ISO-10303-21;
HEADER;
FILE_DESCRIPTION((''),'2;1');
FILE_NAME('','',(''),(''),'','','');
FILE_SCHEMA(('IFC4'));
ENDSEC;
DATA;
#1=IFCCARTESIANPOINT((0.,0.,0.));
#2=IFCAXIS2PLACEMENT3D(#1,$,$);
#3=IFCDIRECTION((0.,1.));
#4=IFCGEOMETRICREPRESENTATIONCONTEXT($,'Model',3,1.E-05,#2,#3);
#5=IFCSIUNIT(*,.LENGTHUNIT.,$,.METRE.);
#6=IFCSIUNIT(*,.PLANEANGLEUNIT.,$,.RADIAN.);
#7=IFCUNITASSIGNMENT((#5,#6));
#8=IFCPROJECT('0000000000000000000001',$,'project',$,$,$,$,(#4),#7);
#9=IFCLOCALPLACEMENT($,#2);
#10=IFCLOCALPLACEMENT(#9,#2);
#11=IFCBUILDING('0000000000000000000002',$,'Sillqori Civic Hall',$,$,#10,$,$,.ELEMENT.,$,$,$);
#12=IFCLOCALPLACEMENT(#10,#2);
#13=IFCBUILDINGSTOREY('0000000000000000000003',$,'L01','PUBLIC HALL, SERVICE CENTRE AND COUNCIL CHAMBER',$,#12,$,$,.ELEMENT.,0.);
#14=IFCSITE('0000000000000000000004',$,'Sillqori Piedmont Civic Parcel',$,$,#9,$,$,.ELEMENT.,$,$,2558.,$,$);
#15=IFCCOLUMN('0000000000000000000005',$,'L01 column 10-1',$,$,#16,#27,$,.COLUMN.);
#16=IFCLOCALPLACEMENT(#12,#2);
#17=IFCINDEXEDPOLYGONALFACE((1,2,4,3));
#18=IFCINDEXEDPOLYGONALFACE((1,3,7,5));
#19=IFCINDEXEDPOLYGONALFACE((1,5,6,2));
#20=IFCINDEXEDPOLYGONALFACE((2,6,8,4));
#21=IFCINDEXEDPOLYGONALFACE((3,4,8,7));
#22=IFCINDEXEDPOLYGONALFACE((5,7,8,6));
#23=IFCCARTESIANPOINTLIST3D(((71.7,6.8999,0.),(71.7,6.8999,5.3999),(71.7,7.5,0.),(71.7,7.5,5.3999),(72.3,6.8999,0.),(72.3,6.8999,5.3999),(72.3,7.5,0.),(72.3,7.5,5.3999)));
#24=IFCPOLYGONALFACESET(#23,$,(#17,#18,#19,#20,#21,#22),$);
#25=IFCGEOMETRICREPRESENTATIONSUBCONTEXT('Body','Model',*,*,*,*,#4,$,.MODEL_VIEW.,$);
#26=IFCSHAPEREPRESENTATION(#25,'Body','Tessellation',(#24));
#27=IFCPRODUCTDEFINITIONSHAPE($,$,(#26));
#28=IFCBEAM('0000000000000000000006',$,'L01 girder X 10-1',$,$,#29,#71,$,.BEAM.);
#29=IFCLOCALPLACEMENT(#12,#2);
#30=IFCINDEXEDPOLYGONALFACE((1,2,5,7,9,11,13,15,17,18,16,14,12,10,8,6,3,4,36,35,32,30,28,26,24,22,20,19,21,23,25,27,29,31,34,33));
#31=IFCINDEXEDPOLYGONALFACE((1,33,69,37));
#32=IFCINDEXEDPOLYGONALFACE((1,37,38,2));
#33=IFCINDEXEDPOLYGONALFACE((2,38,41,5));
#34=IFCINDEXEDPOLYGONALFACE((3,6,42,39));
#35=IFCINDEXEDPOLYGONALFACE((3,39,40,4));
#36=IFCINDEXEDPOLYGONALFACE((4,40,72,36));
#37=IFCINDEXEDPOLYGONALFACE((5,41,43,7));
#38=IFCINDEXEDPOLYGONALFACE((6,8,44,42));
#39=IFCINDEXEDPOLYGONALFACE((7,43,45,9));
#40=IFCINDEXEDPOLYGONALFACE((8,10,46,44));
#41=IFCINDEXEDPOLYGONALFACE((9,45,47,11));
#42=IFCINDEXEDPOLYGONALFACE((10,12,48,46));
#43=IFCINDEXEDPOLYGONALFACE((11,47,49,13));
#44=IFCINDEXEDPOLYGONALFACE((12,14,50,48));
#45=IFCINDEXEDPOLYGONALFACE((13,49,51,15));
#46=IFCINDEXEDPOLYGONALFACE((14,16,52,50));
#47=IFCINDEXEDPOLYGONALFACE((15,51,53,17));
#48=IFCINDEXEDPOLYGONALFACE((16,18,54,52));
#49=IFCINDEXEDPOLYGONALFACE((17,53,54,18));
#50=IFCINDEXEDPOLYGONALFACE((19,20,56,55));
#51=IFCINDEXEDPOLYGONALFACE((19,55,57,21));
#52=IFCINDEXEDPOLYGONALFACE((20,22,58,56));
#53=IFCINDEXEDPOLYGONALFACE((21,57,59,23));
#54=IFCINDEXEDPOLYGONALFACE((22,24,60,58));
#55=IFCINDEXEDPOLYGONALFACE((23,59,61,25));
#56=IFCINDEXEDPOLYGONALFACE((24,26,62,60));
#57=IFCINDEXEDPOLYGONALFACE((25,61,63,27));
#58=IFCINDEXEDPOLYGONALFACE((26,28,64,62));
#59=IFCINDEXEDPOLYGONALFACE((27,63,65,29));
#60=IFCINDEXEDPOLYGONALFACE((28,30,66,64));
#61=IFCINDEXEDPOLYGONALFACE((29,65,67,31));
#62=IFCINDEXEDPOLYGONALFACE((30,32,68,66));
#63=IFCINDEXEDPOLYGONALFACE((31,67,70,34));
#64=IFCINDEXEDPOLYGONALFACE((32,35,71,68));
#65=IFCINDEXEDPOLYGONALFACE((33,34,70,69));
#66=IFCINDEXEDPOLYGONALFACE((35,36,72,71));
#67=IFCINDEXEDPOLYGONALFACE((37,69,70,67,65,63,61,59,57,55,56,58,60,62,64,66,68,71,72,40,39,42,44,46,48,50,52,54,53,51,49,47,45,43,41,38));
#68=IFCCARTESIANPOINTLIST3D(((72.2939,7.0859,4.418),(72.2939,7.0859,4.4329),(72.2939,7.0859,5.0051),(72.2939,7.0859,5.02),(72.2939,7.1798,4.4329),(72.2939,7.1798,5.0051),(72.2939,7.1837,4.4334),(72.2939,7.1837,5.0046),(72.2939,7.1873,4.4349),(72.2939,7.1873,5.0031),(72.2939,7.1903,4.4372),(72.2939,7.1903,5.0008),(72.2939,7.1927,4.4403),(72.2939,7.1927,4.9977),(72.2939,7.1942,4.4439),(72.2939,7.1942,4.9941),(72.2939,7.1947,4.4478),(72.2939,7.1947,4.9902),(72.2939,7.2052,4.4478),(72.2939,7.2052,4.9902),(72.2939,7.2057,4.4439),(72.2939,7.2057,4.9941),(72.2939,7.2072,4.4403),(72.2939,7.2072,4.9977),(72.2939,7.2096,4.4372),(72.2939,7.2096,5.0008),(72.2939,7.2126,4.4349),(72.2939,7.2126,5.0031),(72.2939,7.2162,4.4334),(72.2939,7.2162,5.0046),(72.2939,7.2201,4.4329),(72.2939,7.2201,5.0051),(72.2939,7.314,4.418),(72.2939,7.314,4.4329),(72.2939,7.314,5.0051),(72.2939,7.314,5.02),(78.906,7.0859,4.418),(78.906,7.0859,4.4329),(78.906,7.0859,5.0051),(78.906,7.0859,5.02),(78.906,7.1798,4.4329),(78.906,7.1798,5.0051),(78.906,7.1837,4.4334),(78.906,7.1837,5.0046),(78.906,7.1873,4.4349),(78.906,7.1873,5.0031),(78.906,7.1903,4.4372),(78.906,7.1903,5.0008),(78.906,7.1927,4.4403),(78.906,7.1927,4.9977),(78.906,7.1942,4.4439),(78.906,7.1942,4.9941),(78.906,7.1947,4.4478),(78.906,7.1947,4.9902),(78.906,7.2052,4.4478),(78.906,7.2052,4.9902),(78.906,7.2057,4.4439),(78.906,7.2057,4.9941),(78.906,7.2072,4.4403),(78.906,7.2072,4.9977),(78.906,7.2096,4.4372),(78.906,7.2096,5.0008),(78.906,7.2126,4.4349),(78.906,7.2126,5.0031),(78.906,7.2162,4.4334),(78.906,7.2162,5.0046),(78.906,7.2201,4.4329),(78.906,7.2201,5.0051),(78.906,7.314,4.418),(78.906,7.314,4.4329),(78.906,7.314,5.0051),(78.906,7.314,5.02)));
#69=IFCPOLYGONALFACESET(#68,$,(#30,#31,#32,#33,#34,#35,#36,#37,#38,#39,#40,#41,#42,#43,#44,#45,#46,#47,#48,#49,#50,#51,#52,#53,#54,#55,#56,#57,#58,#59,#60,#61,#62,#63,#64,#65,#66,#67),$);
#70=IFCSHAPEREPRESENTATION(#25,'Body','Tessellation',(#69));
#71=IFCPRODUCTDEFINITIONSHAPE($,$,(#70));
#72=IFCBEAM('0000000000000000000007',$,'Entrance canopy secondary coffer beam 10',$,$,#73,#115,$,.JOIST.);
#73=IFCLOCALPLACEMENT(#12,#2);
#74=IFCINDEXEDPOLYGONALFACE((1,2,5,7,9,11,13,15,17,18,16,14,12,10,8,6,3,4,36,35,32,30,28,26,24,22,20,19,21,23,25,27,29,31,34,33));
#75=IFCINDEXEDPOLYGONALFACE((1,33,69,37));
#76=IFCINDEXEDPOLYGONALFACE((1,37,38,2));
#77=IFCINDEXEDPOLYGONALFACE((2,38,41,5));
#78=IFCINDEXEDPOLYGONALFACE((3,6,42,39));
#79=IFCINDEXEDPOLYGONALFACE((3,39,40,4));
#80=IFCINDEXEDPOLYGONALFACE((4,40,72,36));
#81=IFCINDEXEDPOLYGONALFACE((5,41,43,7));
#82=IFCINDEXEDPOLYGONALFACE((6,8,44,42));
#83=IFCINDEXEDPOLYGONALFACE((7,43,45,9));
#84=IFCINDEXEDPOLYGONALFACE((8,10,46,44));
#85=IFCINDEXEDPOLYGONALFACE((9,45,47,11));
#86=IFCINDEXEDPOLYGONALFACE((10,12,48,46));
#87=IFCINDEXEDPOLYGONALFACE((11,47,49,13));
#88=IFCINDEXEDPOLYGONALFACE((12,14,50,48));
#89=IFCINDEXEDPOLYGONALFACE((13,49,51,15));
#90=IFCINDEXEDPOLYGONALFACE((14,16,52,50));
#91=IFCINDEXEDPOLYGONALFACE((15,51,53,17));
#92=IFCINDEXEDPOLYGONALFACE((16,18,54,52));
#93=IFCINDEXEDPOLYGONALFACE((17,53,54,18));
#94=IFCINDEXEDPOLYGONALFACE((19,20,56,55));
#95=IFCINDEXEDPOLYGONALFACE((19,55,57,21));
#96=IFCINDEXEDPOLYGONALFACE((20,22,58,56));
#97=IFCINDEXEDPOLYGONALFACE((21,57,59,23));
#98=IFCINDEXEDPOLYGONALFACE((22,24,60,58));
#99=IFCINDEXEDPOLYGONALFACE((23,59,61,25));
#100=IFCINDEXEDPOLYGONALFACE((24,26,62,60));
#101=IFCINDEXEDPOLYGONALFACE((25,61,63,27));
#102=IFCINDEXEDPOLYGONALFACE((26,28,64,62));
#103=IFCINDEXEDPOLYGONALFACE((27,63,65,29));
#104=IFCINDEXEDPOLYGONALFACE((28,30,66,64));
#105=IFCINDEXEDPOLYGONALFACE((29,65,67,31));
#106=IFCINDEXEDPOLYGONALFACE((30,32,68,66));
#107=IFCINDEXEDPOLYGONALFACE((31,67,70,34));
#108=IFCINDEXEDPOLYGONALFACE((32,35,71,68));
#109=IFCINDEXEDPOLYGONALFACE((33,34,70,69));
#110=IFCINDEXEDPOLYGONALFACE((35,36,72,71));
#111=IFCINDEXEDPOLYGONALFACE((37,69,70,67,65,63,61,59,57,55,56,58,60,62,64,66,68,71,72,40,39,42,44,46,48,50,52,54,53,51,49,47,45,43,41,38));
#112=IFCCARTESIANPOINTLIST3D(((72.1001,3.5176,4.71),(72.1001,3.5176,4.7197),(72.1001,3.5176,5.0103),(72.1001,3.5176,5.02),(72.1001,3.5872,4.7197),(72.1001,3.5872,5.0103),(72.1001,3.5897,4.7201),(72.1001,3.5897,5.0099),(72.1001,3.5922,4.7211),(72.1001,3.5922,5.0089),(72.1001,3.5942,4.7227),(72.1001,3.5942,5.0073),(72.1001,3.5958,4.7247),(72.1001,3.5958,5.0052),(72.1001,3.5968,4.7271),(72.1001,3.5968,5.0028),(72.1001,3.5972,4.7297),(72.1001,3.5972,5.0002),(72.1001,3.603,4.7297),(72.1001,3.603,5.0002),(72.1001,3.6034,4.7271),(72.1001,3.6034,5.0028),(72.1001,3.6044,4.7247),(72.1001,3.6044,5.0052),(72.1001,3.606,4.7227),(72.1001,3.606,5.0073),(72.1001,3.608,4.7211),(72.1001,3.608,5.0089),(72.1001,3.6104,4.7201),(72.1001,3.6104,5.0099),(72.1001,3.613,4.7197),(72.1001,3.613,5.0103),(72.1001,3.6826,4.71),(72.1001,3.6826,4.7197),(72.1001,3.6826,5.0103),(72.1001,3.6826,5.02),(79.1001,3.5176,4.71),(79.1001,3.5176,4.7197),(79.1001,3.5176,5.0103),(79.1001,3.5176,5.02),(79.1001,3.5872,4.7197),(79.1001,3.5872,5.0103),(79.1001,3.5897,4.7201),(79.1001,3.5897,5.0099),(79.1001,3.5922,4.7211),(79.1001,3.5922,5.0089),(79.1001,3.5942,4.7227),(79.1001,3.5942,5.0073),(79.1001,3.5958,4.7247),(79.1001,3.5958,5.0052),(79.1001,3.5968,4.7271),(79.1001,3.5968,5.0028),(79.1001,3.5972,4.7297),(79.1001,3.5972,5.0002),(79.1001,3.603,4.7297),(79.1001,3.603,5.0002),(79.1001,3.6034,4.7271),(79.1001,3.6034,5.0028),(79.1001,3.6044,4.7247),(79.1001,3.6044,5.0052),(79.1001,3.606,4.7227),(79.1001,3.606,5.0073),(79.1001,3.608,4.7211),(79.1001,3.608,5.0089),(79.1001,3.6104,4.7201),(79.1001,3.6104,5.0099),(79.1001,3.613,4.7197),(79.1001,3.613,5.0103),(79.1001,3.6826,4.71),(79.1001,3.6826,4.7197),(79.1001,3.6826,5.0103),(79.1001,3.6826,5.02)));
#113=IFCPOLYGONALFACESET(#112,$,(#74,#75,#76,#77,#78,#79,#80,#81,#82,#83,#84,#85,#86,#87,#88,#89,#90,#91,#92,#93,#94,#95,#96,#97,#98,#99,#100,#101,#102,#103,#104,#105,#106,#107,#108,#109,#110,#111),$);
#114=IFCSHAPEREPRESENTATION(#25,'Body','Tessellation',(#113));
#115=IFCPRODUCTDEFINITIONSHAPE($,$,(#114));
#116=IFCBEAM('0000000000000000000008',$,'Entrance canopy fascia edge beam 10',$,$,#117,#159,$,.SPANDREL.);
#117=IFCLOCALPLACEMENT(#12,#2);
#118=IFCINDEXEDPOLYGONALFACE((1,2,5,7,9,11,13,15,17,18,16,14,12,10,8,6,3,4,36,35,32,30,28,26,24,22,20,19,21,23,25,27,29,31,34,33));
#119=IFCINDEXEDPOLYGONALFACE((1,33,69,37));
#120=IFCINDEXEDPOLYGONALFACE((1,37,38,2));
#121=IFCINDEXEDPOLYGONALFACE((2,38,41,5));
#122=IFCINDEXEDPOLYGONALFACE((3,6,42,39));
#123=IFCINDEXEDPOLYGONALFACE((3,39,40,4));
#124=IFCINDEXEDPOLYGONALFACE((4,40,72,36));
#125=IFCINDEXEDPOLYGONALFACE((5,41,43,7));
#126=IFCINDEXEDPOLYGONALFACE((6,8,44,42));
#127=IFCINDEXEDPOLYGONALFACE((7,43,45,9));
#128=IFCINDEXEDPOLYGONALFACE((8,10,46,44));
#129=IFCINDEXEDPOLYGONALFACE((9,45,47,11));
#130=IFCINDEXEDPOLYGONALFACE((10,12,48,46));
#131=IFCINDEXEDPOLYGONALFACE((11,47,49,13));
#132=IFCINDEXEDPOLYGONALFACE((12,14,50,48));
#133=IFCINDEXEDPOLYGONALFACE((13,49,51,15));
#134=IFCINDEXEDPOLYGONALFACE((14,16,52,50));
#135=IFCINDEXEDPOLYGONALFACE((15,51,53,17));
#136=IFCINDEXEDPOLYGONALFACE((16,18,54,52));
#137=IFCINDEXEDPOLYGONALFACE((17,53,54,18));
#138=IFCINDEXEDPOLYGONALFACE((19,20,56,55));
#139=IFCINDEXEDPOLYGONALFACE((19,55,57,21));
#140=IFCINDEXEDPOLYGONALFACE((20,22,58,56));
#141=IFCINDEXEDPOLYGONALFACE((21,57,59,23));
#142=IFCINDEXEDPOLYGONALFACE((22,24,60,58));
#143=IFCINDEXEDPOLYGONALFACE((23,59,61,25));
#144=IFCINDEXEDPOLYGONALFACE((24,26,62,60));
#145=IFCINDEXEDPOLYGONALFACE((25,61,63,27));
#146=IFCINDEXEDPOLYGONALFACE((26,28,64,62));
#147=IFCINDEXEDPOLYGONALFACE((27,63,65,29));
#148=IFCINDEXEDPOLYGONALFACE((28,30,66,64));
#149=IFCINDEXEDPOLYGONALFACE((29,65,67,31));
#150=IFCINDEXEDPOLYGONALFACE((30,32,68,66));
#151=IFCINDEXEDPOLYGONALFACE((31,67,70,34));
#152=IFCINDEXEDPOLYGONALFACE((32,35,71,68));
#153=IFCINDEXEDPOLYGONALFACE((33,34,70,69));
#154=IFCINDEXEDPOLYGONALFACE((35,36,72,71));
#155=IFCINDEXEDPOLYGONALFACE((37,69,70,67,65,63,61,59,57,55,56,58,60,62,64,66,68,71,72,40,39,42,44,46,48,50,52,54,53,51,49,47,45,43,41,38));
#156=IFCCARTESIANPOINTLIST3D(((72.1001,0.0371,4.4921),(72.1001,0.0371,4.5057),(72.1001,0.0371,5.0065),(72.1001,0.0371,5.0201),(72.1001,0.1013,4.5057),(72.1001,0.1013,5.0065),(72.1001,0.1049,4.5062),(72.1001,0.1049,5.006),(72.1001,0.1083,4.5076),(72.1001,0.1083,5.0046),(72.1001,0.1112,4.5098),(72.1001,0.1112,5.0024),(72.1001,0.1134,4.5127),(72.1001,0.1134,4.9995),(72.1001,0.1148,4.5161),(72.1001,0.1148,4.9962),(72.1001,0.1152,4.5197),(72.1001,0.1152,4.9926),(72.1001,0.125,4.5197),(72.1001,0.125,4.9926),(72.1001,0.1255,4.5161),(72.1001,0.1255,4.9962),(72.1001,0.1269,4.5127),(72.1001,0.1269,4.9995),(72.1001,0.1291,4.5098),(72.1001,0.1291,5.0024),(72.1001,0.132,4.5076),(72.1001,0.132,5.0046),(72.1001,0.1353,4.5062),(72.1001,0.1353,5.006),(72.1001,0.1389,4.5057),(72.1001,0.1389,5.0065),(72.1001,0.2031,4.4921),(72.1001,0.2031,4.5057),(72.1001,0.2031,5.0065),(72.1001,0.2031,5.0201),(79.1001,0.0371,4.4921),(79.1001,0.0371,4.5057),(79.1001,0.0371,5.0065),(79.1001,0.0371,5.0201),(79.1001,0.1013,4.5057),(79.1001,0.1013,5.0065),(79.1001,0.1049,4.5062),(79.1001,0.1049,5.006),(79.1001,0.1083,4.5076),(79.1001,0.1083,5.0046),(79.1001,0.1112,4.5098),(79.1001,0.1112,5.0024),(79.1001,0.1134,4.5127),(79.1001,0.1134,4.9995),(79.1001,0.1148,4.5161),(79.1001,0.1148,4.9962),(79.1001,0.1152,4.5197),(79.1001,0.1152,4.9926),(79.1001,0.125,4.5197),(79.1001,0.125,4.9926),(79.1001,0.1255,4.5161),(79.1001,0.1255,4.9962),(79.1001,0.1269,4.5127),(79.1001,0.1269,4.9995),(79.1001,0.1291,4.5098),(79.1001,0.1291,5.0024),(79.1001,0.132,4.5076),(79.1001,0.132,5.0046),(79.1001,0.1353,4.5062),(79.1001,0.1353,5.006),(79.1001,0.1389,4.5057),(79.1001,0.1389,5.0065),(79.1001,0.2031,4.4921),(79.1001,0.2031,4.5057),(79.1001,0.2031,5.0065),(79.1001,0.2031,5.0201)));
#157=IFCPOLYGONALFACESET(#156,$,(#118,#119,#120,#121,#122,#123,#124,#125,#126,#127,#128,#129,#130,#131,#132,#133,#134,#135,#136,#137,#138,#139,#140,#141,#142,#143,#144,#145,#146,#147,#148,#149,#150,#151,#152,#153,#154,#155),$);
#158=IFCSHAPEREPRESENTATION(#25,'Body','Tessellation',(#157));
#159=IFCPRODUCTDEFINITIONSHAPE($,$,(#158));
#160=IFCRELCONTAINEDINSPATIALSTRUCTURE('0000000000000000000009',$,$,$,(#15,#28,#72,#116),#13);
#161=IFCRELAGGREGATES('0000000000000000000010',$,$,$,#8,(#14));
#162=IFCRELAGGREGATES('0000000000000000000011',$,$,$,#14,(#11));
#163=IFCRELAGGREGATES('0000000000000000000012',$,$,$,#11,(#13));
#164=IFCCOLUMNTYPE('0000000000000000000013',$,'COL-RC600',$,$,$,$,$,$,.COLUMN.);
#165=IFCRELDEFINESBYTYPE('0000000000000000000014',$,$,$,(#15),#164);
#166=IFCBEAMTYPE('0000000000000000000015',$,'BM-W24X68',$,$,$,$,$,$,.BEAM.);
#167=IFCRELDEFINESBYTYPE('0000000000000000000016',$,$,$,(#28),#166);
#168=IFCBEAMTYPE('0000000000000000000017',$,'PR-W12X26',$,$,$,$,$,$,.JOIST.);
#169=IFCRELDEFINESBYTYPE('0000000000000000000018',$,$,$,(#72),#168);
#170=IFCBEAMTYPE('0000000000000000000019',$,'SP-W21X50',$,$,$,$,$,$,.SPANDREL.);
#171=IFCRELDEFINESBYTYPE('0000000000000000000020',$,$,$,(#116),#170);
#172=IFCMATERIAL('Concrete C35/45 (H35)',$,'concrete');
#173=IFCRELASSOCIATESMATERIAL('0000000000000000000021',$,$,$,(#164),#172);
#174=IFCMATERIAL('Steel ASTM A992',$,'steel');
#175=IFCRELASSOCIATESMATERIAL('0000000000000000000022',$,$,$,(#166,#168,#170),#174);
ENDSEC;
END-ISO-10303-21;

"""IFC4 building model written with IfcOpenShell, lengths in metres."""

from ifc_helpers import new_model, si_unit, direction, frame, origin, origin_2d, place, context, subcontext, project, spatial, rectangle, i_section, extrude, material, material_profile, profile_set, type_object, element, save


model = new_model("IFC4")

# Units and contexts
model_context = context("Model", 3, precision=1e-05, world=origin(), true_north=direction((0.0, 1.0)))
body_context = subcontext(model_context, "Body", "Model", "MODEL_VIEW")
ifc_project = project(units=[si_unit("LENGTHUNIT", "METRE"), si_unit("PLANEANGLEUNIT", "RADIAN")], contexts=[model_context])

# Site, building, storey
site_placement = place(None, origin())
site = spatial("IfcSite", under=ifc_project, at=site_placement, Name="Sillqori Piedmont Civic Parcel", CompositionType="ELEMENT", RefElevation=2558.0)
building_placement = place(site_placement, origin())
building = spatial("IfcBuilding", under=site, at=building_placement, Name="Sillqori Civic Hall", CompositionType="ELEMENT")
storey_placement = place(building_placement, origin())
storey = spatial("IfcBuildingStorey", under=building, at=storey_placement, Name="L01", Description="PUBLIC HALL, SERVICE CENTRE AND COUNCIL CHAMBER", CompositionType="ELEMENT", Elevation=0.0)

# Column
ifc_material_1 = material(Name="Concrete C35/45 (H35)", Category="concrete")
ifc_material_profile_1 = material_profile(ifc_material_1, rectangle(XDim=0.6001, YDim=0.6001, at=origin_2d()), Name="RC 600x600")
ifc_profile_set_1 = profile_set([ifc_material_profile_1], Name="Concrete C35/45 (H35)")
column_type = type_object("IfcColumnType", Name="COL-RC600", PredefinedType="COLUMN", material=ifc_profile_set_1)
column_placement = place(storey_placement, frame((72.0, 7.2, 0.0), z_axis=(0.0, 0.0, 1.0), x_axis=(1.0, 0.0, 0.0)))
element("IfcColumn", 1, at=column_placement, inside=storey, type_object=column_type, Name="L01 column 10-1", PredefinedType="COLUMN", context=body_context, shape_type="SweptSolid", body=[
    extrude(rectangle(XDim=0.6001, YDim=0.6001, at=origin_2d()), origin(), (0.0, 0.0, 1.0), 5.3999),
])

# Beam
ifc_material_2 = material(Name="Steel ASTM A992", Category="steel")
ifc_material_profile_2 = material_profile(ifc_material_2, i_section(OverallWidth=0.228, OverallDepth=0.6021, WebThickness=0.0105, FlangeThickness=0.0149, FilletRadius=0.0149, at=origin_2d()), Name="W24X68")
ifc_profile_set_2 = profile_set([ifc_material_profile_2], Name="Steel ASTM A992")
beam_type_1 = type_object("IfcBeamType", Name="BM-W24X68", PredefinedType="BEAM", material=ifc_profile_set_2)
beam_1_placement = place(storey_placement, frame((72.2939, 7.2, 4.719), z_axis=(1.0, 0.0, 0.0), x_axis=(0.0, 1.0, 0.0)))
element("IfcBeam", 2, at=beam_1_placement, inside=storey, type_object=beam_type_1, Name="L01 girder X 10-1", PredefinedType="BEAM", context=body_context, shape_type="SweptSolid", body=[
    extrude(i_section(OverallWidth=0.228, OverallDepth=0.6021, WebThickness=0.0105, FlangeThickness=0.0149, FilletRadius=0.0149, at=origin_2d()), origin(), (0.0, 0.0, 1.0), 6.6121),
])

# Beams
ifc_material_profile_3 = material_profile(ifc_material_2, i_section(OverallWidth=0.165, OverallDepth=0.3101, WebThickness=0.0059, FlangeThickness=0.0098, FilletRadius=0.01, at=origin_2d()), Name="W12X26")
ifc_profile_set_3 = profile_set([ifc_material_profile_3], Name="Steel ASTM A992")
beam_type_2 = type_object("IfcBeamType", Name="PR-W12X26", PredefinedType="JOIST", material=ifc_profile_set_3)
beam_2_placement = place(storey_placement, frame((72.1001, 3.6001, 4.865), z_axis=(1.0, 0.0, 0.0), x_axis=(0.0, 1.0, 0.0)))
element("IfcBeam", 3, at=beam_2_placement, inside=storey, type_object=beam_type_2, Name="Entrance canopy secondary coffer beam 10", PredefinedType="JOIST", context=body_context, shape_type="SweptSolid", body=[
    extrude(i_section(OverallWidth=0.165, OverallDepth=0.3101, WebThickness=0.0059, FlangeThickness=0.0098, FilletRadius=0.01, at=origin_2d()), origin(), (0.0, 0.0, 1.0), 7.0),
])
ifc_material_profile_4 = material_profile(ifc_material_2, i_section(OverallWidth=0.166, OverallDepth=0.5281, WebThickness=0.0098, FlangeThickness=0.0137, FilletRadius=0.0139, at=origin_2d()), Name="W21X50")
ifc_profile_set_4 = profile_set([ifc_material_profile_4], Name="Steel ASTM A992")
beam_type_3 = type_object("IfcBeamType", Name="SP-W21X50", PredefinedType="SPANDREL", material=ifc_profile_set_4)
beam_3_placement = place(storey_placement, frame((72.1001, 0.1201, 4.7561), z_axis=(1.0, 0.0, 0.0), x_axis=(0.0, 1.0, 0.0)))
element("IfcBeam", 4, at=beam_3_placement, inside=storey, type_object=beam_type_3, Name="Entrance canopy fascia edge beam 10", PredefinedType="SPANDREL", context=body_context, shape_type="SweptSolid", body=[
    extrude(i_section(OverallWidth=0.166, OverallDepth=0.5281, WebThickness=0.0098, FlangeThickness=0.0137, FilletRadius=0.0139, at=origin_2d()), origin(), (0.0, 0.0, 1.0), 7.0),
])

save(model, "model.ifc")
